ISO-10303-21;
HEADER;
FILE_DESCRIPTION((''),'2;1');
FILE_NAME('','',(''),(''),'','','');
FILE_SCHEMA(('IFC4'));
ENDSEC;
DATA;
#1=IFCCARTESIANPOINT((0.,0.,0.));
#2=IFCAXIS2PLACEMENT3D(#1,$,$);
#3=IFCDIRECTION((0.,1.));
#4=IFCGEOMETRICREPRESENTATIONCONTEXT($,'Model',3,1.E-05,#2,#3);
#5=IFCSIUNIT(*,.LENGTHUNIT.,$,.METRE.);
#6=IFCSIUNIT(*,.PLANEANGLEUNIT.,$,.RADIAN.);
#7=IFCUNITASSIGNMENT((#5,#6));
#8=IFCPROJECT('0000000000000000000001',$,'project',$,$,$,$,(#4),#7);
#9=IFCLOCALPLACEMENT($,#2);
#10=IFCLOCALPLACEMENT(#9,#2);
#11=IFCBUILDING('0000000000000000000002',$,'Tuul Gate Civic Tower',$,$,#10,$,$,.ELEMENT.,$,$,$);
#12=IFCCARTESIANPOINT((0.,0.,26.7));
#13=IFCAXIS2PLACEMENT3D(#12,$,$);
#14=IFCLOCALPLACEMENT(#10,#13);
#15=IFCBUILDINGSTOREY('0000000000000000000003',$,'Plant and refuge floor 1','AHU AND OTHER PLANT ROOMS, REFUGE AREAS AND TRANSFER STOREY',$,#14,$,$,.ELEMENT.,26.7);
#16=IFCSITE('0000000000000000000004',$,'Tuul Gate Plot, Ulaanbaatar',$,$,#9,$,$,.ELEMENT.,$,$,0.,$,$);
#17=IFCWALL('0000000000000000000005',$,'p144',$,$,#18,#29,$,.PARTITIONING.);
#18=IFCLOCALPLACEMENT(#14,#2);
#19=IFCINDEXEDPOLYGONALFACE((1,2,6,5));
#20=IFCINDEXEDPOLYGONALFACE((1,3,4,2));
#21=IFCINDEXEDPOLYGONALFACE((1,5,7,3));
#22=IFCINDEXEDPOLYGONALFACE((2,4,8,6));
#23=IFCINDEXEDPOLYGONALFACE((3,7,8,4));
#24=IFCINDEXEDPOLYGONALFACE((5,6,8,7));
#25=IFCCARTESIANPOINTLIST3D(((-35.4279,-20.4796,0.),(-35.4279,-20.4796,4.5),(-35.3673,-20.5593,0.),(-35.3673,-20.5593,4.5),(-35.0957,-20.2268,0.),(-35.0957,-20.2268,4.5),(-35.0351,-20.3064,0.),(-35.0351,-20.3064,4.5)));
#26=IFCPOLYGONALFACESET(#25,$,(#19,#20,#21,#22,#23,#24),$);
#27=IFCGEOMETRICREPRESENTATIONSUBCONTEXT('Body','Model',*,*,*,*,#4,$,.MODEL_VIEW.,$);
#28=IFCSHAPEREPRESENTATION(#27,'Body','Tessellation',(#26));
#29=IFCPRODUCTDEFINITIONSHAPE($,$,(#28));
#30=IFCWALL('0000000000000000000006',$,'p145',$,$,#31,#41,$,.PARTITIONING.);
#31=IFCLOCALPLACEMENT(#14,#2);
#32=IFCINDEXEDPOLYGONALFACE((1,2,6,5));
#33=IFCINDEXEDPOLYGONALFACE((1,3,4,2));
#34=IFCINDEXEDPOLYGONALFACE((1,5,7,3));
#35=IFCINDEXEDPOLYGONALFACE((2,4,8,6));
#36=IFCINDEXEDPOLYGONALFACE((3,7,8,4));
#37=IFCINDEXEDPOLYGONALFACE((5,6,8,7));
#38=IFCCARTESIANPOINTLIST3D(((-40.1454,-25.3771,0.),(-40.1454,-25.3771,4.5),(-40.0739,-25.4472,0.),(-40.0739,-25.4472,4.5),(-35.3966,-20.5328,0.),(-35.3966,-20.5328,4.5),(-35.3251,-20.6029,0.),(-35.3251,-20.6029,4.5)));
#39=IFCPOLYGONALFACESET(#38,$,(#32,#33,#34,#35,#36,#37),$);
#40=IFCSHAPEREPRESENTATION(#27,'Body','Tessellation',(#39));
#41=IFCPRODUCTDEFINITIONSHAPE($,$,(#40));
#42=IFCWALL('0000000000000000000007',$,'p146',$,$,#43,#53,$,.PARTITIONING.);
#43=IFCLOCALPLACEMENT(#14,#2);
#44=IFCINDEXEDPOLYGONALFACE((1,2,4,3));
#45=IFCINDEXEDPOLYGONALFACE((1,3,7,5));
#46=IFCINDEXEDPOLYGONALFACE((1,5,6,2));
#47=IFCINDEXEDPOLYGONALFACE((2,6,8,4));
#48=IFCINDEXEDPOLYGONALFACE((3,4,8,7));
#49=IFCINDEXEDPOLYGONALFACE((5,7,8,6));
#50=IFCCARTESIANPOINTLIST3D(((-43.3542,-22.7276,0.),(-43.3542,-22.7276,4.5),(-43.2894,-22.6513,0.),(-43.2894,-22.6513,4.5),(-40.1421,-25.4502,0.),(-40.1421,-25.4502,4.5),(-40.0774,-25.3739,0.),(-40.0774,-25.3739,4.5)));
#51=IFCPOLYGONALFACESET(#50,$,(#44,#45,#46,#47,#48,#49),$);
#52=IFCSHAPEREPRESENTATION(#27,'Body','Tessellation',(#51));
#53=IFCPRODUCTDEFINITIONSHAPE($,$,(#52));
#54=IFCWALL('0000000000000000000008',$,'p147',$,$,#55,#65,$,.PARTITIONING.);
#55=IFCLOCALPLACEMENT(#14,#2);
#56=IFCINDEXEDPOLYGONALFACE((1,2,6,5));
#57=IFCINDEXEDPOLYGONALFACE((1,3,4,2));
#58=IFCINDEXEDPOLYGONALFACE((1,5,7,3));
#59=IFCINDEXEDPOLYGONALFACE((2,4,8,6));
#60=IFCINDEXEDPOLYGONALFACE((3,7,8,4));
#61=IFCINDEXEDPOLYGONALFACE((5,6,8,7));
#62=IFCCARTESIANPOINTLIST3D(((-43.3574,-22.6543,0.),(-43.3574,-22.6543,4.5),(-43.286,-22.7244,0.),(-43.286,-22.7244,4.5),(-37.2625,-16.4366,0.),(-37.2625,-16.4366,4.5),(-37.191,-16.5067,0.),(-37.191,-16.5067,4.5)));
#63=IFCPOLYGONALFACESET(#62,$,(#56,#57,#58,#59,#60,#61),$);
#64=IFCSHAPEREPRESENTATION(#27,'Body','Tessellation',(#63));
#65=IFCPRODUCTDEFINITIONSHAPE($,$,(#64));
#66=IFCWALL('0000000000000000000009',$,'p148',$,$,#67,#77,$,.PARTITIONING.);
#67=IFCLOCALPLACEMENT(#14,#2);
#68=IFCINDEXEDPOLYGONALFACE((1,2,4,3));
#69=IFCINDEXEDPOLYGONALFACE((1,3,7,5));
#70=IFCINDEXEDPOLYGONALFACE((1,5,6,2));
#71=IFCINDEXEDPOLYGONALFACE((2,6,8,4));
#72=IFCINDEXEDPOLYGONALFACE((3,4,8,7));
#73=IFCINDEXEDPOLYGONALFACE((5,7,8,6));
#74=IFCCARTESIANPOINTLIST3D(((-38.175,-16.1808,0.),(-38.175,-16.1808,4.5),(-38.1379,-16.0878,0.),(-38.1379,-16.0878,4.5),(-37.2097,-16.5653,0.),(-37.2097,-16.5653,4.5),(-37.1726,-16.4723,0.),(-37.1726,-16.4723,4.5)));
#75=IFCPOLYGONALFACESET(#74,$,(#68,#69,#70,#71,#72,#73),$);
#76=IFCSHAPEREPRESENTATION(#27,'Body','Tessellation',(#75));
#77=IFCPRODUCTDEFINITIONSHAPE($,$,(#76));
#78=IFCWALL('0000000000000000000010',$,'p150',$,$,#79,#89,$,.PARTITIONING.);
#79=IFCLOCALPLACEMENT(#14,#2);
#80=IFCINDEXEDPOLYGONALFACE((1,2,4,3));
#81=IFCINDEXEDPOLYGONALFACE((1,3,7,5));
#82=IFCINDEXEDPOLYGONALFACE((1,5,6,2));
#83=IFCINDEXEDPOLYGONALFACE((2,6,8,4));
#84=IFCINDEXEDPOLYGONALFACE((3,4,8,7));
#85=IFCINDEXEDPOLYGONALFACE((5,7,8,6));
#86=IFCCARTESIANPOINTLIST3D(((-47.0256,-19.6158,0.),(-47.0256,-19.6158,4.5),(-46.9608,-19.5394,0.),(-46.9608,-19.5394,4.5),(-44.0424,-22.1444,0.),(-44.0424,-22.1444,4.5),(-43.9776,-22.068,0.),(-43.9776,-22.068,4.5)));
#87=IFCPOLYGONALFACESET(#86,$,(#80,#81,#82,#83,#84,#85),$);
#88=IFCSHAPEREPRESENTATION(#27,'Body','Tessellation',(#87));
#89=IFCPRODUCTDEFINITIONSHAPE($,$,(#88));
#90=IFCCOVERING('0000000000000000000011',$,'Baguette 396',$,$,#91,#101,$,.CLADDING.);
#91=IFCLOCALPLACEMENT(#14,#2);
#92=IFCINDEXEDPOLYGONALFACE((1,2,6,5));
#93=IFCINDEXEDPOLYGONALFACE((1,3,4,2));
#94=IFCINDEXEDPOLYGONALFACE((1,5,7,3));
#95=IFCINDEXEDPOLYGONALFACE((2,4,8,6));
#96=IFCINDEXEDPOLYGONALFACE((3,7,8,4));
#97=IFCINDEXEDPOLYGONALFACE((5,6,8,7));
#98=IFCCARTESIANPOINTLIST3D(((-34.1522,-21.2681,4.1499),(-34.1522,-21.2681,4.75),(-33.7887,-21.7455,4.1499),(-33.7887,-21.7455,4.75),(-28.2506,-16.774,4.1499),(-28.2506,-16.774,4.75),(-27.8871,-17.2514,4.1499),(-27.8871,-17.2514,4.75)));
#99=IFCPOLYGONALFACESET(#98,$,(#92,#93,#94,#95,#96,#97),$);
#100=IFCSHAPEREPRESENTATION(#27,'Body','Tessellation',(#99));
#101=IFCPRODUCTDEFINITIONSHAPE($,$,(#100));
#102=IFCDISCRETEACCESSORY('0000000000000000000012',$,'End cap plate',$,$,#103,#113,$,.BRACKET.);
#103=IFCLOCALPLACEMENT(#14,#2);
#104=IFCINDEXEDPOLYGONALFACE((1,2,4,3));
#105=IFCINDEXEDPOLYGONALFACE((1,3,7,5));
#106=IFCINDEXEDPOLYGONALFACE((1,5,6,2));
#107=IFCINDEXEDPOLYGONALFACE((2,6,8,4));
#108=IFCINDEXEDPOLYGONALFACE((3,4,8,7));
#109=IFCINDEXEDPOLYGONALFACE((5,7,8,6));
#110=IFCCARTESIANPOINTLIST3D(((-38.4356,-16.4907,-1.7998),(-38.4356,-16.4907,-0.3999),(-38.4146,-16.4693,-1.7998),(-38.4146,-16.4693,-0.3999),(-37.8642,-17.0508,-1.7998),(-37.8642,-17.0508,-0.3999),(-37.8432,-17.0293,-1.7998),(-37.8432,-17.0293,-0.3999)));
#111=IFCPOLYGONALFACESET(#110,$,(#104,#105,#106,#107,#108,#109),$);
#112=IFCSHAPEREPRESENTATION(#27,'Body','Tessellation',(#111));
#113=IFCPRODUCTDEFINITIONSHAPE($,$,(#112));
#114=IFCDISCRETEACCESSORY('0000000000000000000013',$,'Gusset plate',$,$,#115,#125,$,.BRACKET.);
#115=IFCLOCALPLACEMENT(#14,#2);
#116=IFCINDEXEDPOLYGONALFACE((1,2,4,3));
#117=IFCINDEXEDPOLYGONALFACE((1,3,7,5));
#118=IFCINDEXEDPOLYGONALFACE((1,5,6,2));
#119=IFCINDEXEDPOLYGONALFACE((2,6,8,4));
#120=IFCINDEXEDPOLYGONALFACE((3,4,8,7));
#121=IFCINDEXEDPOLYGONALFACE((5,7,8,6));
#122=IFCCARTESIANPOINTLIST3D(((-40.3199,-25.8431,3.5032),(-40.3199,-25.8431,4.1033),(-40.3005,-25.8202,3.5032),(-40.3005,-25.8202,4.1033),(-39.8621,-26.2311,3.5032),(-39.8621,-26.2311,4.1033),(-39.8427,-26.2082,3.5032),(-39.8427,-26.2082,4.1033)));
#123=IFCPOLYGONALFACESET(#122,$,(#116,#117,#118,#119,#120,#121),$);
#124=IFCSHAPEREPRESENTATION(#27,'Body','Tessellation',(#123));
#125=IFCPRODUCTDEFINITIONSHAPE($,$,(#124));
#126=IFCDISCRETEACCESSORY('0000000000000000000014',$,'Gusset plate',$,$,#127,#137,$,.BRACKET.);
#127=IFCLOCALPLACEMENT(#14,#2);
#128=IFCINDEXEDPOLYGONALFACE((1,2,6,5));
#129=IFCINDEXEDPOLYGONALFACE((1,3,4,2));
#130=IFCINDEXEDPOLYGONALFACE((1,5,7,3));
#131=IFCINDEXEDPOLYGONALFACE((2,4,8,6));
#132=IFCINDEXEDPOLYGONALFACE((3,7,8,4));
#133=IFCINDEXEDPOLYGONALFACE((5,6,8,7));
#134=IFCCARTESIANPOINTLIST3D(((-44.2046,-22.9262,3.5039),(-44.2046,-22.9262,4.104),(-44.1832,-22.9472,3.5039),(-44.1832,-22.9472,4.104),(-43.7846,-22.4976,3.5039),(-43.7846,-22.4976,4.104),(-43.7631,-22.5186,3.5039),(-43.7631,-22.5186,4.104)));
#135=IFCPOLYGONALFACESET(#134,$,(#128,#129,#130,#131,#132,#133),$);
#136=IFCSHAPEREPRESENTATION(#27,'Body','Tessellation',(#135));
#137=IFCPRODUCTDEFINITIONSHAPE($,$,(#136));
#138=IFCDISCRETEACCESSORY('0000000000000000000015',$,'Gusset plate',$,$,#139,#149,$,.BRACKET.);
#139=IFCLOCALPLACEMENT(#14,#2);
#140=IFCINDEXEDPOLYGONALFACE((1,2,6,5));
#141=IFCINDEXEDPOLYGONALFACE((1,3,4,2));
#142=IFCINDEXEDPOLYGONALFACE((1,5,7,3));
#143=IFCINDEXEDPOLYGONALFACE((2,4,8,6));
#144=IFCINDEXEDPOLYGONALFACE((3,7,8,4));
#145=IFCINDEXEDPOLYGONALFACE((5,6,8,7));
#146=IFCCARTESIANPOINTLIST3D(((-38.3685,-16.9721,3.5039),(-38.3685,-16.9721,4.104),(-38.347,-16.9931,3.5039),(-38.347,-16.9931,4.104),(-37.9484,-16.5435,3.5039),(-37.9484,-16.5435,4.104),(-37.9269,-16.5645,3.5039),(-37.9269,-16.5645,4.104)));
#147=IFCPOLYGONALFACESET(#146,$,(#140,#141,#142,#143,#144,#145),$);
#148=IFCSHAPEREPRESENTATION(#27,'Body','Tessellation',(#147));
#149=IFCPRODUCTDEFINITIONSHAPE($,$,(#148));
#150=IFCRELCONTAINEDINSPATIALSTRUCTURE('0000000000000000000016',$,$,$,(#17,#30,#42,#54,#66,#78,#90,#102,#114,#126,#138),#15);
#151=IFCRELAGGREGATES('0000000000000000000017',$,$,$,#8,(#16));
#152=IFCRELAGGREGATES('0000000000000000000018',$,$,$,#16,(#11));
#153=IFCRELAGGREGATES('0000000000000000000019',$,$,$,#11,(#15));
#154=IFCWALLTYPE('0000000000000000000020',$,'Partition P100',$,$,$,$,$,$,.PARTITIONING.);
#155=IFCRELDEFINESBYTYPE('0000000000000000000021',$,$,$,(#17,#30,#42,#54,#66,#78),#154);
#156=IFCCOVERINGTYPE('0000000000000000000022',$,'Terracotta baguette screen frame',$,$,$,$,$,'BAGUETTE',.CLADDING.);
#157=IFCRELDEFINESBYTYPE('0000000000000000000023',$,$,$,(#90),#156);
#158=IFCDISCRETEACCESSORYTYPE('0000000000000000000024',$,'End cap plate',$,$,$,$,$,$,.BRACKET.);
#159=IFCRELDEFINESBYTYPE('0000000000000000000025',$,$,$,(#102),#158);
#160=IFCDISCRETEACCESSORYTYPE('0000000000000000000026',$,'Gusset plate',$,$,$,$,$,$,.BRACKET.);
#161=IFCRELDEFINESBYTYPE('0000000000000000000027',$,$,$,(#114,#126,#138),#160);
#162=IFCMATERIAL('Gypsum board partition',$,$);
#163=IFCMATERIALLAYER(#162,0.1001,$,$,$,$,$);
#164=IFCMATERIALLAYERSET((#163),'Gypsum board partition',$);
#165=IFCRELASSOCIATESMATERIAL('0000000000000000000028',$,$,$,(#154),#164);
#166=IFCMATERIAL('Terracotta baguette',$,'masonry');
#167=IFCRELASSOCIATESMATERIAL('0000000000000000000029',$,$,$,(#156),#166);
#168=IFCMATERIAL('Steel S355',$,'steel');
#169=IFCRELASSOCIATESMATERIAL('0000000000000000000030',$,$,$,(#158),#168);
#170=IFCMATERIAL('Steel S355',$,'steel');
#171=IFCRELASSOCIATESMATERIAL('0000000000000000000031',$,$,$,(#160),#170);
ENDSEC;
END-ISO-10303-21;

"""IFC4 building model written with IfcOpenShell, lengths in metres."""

from ifc_helpers import new_model, si_unit, direction, frame, frame_2d, origin, origin_2d, place, context, subcontext, project, spatial, rectangle, extrude, material, layer, layer_set, material_profile, profile_set, type_object, element, save


model = new_model("IFC4")

# Units and contexts
model_context = context("Model", 3, precision=1e-05, world=origin(), true_north=direction((0.0, 1.0)))
body_context = subcontext(model_context, "Body", "Model", "MODEL_VIEW")
ifc_project = project(units=[si_unit("LENGTHUNIT", "METRE"), si_unit("PLANEANGLEUNIT", "RADIAN")], contexts=[model_context])

# Site, building, storey
site_placement = place(None, origin())
site = spatial("IfcSite", under=ifc_project, at=site_placement, Name="Tuul Gate Plot, Ulaanbaatar", CompositionType="ELEMENT", RefElevation=0.0)
building_placement = place(site_placement, origin())
building = spatial("IfcBuilding", under=site, at=building_placement, Name="Tuul Gate Civic Tower", CompositionType="ELEMENT")
storey_placement = place(building_placement, frame((0.0, 0.0, 26.7)))
storey = spatial("IfcBuildingStorey", under=building, at=storey_placement, Name="Plant and refuge floor 1", Description="AHU AND OTHER PLANT ROOMS, REFUGE AREAS AND TRANSFER STOREY", CompositionType="ELEMENT", Elevation=26.7)

# Walls
ifc_material_1 = material(Name="Gypsum board partition")
ifc_layer_1 = layer(ifc_material_1, 0.1001)
ifc_layer_set_1 = layer_set([ifc_layer_1], Name="Gypsum board partition")
wall_type_1 = type_object("IfcWallType", Name="Partition P100", PredefinedType="PARTITIONING", material=ifc_layer_set_1)
wall_1_placement = place(storey_placement, frame((-35.0654, -20.2666, 0.0), z_axis=(0.0, 0.0, 1.0), x_axis=(-0.7957, -0.605691, 0.0)))
element("IfcWall", 1, at=wall_1_placement, inside=storey, type_object=wall_type_1, Name="p144", PredefinedType="PARTITIONING", context=body_context, shape_type="SweptSolid", body=[
    extrude(rectangle(XDim=0.4175, YDim=0.1001, at=frame_2d((0.2087, 0.0))), origin(), (0.0, 0.0, 1.0), 4.5),
])
wall_2_placement = place(storey_placement, frame((-35.3608, -20.5679, 0.0), z_axis=(0.0, 0.0, 1.0), x_axis=(-0.700036, -0.714108, 0.0)))
element("IfcWall", 2, at=wall_2_placement, inside=storey, type_object=wall_type_1, Name="p145", PredefinedType="PARTITIONING", context=body_context, shape_type="SweptSolid", body=[
    extrude(rectangle(XDim=6.7837, YDim=0.1001, at=frame_2d((3.3918, 0.0))), origin(), (0.0, 0.0, 1.0), 4.5),
])
wall_3_placement = place(storey_placement, frame((-40.1096, -25.4121, 0.0), z_axis=(0.0, 0.0, 1.0), x_axis=(-0.762838, 0.646589, 0.0)))
element("IfcWall", 3, at=wall_3_placement, inside=storey, type_object=wall_type_1, Name="p146", PredefinedType="PARTITIONING", context=body_context, shape_type="SweptSolid", body=[
    extrude(rectangle(XDim=4.2107, YDim=0.1001, at=frame_2d((2.1055, 0.0))), origin(), (0.0, 0.0, 1.0), 4.5),
])
wall_4_placement = place(storey_placement, frame((-43.3218, -22.6895, 0.0), z_axis=(0.0, 0.0, 1.0), x_axis=(0.70002, 0.714124, 0.0)))
element("IfcWall", 4, at=wall_4_placement, inside=storey, type_object=wall_type_1, Name="p147", PredefinedType="PARTITIONING", context=body_context, shape_type="SweptSolid", body=[
    extrude(rectangle(XDim=8.7068, YDim=0.1001, at=frame_2d((4.3535, 0.0))), origin(), (0.0, 0.0, 1.0), 4.5),
])
wall_5_placement = place(storey_placement, frame((-37.1912, -16.5188, 0.0), z_axis=(0.0, 0.0, 1.0), x_axis=(-0.92901, 0.370053, 0.0)))
element("IfcWall", 5, at=wall_5_placement, inside=storey, type_object=wall_type_1, Name="p148", PredefinedType="PARTITIONING", context=body_context, shape_type="SweptSolid", body=[
    extrude(rectangle(XDim=1.0391, YDim=0.1001, at=frame_2d((0.5195, 0.0))), origin(), (0.0, 0.0, 1.0), 4.5),
])
wall_6_placement = place(storey_placement, frame((-44.01, -22.1062, 0.0), z_axis=(0.0, 0.0, 1.0), x_axis=(-0.762837, 0.646591, 0.0)))
element("IfcWall", 6, at=wall_6_placement, inside=storey, type_object=wall_type_1, Name="p150", PredefinedType="PARTITIONING", context=body_context, shape_type="SweptSolid", body=[
    extrude(rectangle(XDim=3.9106, YDim=0.1001, at=frame_2d((1.9553, 0.0))), origin(), (0.0, 0.0, 1.0), 4.5),
])

# Covering
ifc_material_2 = material(Name="Terracotta baguette", Category="masonry")
ifc_material_profile_1 = material_profile(ifc_material_2, rectangle(XDim=0.6001, YDim=0.6001, at=origin_2d()), Name="Terracotta baguette screen frame")
ifc_profile_set_1 = profile_set([ifc_material_profile_1], Name="Terracotta baguette")
covering_type = type_object("IfcCoveringType", Name="Terracotta baguette screen frame", ElementType="BAGUETTE", PredefinedType="CLADDING", material=ifc_profile_set_1)
covering_placement = place(storey_placement, frame((-33.9705, -21.5068, 4.45), z_axis=(0.795583, 0.605845, 0.0), x_axis=(-0.605845, 0.795583, 0.0)))
element("IfcCovering", 7, at=covering_placement, inside=storey, type_object=covering_type, Name="Baguette 396", PredefinedType="CLADDING", context=body_context, shape_type="SweptSolid", body=[
    extrude(rectangle(XDim=0.6001, YDim=0.6001, at=origin_2d()), origin(), (0.0, 0.0, 1.0), 7.418),
])

# Discrete accessories
ifc_material_3 = material(Name="Steel S355", Category="steel")
discrete_accessory_type_1 = type_object("IfcDiscreteAccessoryType", Name="End cap plate", PredefinedType="BRACKET", material=ifc_material_3)
discrete_accessory_placement = place(storey_placement, frame((-38.1394, -16.76, -1.7998), z_axis=(0.0, 0.0, 1.0), x_axis=(0.700009, 0.714134, 0.0)))
element("IfcDiscreteAccessory", 8, at=discrete_accessory_placement, inside=storey, type_object=discrete_accessory_type_1, Name="End cap plate", PredefinedType="BRACKET", context=body_context, shape_type="SweptSolid", body=[
    extrude(rectangle(XDim=0.03, YDim=0.8, at=origin_2d()), origin(), (0.0, 0.0, 1.0), 1.3999),
])
ifc_material_4 = material(Name="Steel S355", Category="steel")
discrete_accessory_type_2 = type_object("IfcDiscreteAccessoryType", Name="Gusset plate", PredefinedType="BRACKET", material=ifc_material_4)
for number, where, z_axis, x_axis, name in (
    (9, (-40.0813, -26.0256, 3.5032), (0.0, 0.0, 1.0), (-0.762835, 0.646593, 0.0), "Gusset plate"),
    (10, (-43.9839, -22.7224, 3.5039), (0.0, 0.0, 1.0), (0.700009, 0.714134, 0.0), "Gusset plate"),
    (11, (-38.1477, -16.7683, 3.5039), (0.0, 0.0, 1.0), (-0.700009, -0.714134, 0.0), "Gusset plate"),
):
    element("IfcDiscreteAccessory", number, at=place(storey_placement, frame(where, z_axis=z_axis, x_axis=x_axis)), inside=storey, type_object=discrete_accessory_type_2, Name=name, PredefinedType="BRACKET", context=body_context, shape_type="SweptSolid", body=[
        extrude(rectangle(XDim=0.6001, YDim=0.03, at=origin_2d()), origin(), (0.0, 0.0, 1.0), 0.6001),
    ])

save(model, "model.ifc")
